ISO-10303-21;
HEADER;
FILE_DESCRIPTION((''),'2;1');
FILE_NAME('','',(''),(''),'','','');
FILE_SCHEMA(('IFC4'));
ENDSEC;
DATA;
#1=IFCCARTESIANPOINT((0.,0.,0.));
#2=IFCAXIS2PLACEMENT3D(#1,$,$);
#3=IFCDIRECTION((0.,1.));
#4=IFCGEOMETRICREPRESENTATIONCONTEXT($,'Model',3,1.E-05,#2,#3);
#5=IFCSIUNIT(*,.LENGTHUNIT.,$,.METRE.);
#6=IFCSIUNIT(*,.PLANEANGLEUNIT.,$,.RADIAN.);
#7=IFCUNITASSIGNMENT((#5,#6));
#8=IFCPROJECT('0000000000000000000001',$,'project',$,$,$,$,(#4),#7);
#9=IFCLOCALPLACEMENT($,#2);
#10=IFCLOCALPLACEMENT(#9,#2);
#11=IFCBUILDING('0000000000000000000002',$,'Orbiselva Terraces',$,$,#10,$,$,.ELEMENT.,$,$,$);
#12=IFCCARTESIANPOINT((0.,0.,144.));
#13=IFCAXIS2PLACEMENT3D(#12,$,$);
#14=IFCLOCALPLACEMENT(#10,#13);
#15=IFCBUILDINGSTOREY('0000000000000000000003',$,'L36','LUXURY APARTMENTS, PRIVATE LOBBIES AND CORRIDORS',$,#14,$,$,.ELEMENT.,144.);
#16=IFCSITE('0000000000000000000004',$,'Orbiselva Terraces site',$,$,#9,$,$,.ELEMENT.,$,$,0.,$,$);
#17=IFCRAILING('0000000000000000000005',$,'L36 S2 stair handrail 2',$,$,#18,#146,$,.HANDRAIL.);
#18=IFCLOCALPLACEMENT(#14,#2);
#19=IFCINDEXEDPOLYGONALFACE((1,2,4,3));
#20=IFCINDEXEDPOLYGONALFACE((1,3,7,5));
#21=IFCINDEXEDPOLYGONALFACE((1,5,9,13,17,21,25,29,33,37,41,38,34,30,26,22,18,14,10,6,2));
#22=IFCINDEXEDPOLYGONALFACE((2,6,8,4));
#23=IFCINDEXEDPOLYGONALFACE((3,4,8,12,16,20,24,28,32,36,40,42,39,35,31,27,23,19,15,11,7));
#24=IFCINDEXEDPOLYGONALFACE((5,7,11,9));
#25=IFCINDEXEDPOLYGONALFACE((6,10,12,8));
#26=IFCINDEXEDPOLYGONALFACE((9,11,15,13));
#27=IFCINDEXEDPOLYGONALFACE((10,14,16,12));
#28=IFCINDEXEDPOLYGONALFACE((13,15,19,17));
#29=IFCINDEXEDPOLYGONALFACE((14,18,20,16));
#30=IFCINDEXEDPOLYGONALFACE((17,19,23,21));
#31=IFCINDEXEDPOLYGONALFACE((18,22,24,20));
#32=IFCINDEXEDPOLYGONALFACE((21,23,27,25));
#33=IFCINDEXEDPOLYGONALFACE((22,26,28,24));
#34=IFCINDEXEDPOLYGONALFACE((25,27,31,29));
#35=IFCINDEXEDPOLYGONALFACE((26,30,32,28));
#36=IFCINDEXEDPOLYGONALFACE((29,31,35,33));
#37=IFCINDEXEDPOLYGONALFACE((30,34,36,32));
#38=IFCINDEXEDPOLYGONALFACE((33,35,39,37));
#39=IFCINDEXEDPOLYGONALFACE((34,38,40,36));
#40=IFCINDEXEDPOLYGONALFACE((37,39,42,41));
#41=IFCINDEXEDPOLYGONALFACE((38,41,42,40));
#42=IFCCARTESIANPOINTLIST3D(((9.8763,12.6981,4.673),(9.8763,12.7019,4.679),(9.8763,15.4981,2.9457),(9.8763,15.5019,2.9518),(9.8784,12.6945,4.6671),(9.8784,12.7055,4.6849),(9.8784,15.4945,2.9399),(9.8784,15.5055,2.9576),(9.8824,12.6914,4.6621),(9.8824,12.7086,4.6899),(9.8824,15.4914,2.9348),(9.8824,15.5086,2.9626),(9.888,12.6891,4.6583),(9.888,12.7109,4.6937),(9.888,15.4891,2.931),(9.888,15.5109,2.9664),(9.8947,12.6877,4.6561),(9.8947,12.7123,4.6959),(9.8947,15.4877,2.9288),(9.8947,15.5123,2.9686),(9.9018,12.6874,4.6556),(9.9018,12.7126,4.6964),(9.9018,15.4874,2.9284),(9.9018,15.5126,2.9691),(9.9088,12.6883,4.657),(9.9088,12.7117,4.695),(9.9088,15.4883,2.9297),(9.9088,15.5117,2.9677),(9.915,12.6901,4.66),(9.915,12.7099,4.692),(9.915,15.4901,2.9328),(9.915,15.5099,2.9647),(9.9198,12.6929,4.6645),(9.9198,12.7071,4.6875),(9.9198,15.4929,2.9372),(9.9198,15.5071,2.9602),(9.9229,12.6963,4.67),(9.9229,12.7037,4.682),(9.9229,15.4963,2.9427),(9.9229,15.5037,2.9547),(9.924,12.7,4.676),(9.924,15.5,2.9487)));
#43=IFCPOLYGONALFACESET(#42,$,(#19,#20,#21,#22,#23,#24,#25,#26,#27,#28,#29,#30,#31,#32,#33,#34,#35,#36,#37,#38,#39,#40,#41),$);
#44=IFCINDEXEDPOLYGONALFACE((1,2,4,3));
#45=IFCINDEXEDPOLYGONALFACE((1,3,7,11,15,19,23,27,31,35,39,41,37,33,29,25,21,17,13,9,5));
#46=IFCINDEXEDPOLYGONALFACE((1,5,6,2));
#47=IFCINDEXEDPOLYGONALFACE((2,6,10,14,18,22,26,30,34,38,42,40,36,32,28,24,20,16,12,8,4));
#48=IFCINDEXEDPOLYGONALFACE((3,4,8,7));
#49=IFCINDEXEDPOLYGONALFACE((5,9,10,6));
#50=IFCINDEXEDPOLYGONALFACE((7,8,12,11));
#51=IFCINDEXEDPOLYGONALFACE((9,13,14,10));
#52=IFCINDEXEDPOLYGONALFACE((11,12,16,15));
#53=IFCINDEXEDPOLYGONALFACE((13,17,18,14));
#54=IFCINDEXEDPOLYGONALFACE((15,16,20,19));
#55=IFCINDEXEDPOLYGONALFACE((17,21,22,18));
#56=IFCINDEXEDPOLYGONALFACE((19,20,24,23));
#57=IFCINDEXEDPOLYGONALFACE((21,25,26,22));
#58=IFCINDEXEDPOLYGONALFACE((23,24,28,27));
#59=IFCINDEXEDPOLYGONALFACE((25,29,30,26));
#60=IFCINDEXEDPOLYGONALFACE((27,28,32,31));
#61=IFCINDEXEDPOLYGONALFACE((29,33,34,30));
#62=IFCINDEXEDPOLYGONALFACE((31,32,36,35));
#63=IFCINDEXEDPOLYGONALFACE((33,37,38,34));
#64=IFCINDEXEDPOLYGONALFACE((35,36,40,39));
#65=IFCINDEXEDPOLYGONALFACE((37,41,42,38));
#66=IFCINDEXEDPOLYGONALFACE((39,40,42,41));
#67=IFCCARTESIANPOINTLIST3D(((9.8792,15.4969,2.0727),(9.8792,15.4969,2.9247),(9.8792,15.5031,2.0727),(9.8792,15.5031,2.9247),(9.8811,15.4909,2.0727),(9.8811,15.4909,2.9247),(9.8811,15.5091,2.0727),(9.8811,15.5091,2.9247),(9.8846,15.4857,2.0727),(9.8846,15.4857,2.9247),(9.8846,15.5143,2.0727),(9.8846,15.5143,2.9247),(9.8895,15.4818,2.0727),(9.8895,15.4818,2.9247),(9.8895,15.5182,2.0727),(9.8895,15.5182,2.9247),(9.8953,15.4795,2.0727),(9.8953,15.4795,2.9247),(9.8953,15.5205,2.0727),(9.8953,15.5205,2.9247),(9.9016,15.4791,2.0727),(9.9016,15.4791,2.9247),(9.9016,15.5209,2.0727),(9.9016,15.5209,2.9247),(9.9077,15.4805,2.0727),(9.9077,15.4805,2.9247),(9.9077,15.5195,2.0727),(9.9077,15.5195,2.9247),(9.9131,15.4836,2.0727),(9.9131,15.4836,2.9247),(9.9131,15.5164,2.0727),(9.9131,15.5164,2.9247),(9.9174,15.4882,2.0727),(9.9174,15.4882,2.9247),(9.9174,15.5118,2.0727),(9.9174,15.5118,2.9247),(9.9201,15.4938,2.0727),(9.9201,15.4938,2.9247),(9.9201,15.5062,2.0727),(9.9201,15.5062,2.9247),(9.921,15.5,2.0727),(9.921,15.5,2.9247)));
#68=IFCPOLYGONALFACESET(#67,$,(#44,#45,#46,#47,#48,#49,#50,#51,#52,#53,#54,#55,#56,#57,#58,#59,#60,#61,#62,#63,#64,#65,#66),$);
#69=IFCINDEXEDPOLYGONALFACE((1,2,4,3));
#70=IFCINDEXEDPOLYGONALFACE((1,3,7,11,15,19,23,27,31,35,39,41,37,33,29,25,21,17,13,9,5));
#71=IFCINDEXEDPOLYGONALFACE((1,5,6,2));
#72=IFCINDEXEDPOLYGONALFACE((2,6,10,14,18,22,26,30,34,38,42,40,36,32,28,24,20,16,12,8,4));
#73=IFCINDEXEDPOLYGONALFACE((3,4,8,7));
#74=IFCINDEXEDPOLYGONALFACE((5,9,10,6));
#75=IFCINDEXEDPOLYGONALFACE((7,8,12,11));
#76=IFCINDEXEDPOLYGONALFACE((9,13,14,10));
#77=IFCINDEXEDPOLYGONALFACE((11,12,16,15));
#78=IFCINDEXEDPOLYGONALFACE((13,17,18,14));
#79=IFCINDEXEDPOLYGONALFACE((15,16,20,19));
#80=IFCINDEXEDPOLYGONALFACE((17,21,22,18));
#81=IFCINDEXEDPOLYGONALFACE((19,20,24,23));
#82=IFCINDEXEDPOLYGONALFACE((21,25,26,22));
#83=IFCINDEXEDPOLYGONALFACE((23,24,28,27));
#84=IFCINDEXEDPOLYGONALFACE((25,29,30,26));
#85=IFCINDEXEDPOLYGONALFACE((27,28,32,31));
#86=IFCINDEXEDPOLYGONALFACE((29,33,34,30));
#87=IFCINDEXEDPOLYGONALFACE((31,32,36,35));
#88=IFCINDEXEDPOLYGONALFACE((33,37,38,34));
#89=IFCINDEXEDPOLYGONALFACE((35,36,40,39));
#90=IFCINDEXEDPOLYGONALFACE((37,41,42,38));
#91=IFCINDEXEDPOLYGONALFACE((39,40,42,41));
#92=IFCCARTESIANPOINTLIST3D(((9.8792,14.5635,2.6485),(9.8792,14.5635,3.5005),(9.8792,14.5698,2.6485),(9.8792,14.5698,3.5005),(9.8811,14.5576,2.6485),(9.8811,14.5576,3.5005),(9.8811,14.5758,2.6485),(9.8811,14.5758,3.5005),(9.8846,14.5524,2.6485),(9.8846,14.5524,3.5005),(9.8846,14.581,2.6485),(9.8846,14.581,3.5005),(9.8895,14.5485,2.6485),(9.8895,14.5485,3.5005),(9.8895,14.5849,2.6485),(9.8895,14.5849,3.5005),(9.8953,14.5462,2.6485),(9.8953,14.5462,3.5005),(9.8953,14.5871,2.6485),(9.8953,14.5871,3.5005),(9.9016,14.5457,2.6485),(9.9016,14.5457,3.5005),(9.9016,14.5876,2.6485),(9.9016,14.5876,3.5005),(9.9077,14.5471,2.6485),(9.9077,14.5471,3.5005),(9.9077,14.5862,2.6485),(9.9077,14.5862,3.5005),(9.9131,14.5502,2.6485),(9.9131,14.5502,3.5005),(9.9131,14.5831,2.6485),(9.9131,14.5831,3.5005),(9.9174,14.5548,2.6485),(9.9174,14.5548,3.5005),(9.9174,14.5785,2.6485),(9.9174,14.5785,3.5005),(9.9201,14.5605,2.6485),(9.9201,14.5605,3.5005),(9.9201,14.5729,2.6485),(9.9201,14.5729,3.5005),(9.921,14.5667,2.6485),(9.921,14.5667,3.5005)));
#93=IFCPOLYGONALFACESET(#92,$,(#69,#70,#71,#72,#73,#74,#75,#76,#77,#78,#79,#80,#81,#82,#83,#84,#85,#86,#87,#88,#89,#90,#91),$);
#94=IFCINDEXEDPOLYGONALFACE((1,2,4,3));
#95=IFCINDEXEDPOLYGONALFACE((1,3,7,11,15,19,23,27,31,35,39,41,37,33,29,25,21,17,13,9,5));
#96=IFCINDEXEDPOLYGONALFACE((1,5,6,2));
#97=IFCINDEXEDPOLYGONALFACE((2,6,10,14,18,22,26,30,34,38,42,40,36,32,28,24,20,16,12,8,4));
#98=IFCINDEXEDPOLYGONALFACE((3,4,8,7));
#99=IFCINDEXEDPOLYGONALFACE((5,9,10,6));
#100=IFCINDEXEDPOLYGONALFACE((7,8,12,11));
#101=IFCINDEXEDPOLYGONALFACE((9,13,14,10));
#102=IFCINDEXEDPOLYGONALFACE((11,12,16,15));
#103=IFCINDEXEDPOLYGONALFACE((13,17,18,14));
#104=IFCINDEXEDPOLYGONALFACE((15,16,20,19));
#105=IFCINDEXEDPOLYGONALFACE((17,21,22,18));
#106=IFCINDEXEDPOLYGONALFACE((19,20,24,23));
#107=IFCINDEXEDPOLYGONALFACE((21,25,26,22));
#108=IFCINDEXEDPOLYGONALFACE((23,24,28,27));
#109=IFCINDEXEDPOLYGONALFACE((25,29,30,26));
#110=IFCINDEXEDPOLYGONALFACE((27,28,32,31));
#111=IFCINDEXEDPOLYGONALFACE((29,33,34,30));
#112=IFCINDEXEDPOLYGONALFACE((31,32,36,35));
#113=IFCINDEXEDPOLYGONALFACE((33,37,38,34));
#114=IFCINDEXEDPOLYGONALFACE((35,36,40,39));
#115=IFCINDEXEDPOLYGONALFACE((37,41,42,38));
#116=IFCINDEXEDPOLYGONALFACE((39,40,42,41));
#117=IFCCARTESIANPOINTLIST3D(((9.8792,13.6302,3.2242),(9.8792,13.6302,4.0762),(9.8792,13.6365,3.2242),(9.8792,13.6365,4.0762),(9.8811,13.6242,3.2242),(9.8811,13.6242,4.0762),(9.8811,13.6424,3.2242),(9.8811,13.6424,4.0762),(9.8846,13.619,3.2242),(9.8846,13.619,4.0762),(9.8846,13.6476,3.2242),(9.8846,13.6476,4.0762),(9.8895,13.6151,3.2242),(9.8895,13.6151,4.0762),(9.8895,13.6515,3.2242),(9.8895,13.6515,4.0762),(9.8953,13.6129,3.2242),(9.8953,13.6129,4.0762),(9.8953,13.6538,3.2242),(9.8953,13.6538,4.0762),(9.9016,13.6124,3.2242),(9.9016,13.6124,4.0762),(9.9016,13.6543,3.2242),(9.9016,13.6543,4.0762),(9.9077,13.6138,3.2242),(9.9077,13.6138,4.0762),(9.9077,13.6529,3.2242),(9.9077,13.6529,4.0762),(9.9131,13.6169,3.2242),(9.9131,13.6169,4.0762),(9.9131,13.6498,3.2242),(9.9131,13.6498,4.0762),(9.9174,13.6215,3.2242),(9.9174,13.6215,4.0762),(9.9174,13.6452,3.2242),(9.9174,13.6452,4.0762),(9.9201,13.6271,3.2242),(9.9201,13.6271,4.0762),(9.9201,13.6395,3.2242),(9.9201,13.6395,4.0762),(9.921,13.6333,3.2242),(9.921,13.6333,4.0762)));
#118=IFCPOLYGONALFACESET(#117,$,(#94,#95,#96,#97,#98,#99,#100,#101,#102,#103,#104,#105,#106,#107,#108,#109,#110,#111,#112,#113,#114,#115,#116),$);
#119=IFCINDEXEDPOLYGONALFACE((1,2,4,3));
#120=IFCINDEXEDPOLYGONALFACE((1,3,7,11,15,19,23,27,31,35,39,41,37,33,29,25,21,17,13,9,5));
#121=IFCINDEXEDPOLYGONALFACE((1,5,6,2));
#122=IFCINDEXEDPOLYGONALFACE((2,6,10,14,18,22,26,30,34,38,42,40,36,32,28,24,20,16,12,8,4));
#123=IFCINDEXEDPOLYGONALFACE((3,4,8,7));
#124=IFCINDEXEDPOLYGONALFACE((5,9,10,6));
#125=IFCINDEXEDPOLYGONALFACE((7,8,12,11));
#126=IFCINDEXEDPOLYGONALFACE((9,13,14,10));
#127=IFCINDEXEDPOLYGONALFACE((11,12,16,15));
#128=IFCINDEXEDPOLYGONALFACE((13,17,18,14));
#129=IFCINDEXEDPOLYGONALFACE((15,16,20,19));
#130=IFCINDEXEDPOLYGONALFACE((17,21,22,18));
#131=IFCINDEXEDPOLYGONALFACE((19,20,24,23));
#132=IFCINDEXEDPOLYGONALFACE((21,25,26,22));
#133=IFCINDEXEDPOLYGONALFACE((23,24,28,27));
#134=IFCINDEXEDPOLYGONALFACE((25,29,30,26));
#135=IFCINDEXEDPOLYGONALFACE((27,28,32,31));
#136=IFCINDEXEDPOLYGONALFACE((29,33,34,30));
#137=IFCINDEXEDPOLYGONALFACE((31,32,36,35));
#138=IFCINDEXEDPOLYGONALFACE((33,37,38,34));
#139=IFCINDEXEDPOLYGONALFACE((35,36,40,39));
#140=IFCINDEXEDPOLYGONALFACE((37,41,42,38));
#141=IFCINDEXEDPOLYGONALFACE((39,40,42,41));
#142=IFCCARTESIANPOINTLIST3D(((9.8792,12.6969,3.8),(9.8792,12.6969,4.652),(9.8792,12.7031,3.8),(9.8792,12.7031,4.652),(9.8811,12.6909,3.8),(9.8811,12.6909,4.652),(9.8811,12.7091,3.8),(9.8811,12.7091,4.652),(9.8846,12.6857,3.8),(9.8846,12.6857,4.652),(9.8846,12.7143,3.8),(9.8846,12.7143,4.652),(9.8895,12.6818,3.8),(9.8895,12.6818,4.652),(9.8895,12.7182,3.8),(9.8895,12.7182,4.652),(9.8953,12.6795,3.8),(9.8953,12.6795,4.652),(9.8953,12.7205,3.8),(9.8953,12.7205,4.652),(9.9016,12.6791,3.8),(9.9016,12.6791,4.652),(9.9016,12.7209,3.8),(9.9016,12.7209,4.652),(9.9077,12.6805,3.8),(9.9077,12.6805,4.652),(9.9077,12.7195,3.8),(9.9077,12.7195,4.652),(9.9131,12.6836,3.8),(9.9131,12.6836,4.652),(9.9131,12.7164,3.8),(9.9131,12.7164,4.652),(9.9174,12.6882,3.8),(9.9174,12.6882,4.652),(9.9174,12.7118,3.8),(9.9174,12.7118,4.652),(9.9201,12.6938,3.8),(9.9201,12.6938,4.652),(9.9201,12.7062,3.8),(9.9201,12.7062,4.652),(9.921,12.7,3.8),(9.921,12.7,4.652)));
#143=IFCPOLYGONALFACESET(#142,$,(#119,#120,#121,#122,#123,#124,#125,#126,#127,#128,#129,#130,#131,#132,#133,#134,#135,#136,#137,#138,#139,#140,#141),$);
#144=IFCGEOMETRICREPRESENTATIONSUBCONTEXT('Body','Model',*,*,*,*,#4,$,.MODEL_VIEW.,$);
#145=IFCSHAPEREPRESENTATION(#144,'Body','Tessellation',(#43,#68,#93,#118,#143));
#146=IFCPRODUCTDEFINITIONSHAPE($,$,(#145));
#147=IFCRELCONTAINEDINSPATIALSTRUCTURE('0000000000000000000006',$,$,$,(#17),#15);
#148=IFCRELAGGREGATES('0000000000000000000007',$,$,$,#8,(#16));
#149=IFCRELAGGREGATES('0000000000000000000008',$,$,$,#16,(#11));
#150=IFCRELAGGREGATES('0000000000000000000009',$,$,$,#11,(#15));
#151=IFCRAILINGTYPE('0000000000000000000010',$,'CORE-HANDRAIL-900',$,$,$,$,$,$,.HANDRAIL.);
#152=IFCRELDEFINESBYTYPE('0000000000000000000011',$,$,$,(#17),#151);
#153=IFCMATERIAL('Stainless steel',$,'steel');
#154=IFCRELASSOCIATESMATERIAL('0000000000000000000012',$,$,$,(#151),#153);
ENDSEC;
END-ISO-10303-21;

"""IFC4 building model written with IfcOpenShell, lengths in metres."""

from ifc_helpers import new_model, si_unit, direction, frame, origin, origin_2d, place, context, subcontext, project, spatial, circle, extrude, material, type_object, element, save


model = new_model("IFC4")

# Units and contexts
model_context = context("Model", 3, precision=1e-05, world=origin(), true_north=direction((0.0, 1.0)))
body_context = subcontext(model_context, "Body", "Model", "MODEL_VIEW")
ifc_project = project(units=[si_unit("LENGTHUNIT", "METRE"), si_unit("PLANEANGLEUNIT", "RADIAN")], contexts=[model_context])

# Site, building, storey
site_placement = place(None, origin())
site = spatial("IfcSite", under=ifc_project, at=site_placement, Name="Orbiselva Terraces site", CompositionType="ELEMENT", RefElevation=0.0)
building_placement = place(site_placement, origin())
building = spatial("IfcBuilding", under=site, at=building_placement, Name="Orbiselva Terraces", CompositionType="ELEMENT")
storey_placement = place(building_placement, frame((0.0, 0.0, 144.0)))
storey = spatial("IfcBuildingStorey", under=building, at=storey_placement, Name="L36", Description="LUXURY APARTMENTS, PRIVATE LOBBIES AND CORRIDORS", CompositionType="ELEMENT", Elevation=144.0)

# Railing
ifc_material_1 = material(Name="Stainless steel", Category="steel")
railing_type = type_object("IfcRailingType", Name="CORE-HANDRAIL-900", PredefinedType="HANDRAIL", material=ifc_material_1)
railing_placement = place(storey_placement, frame((9.9, 15.5, 2.0727)))
element("IfcRailing", 1, at=railing_placement, inside=storey, type_object=railing_type, Name="L36 S2 stair handrail 2", PredefinedType="HANDRAIL", context=body_context, shape_type="SweptSolid", body=[
    extrude(circle(Radius=0.024, at=origin_2d()), frame((0.0, 0.0, 0.876), z_axis=(0.0, -0.851089, 0.525022), x_axis=(1.0, 0.0, 0.0)), (0.0, 0.0, 1.0), 3.2899),
    extrude(circle(Radius=0.021, at=origin_2d()), origin(), (0.0, 0.0, 1.0), 0.852),
    extrude(circle(Radius=0.021, at=origin_2d()), frame((0.0, -0.9333, 0.5758)), (0.0, 0.0, 1.0), 0.852),
    extrude(circle(Radius=0.021, at=origin_2d()), frame((0.0, -1.8667, 1.1515)), (0.0, 0.0, 1.0), 0.852),
    extrude(circle(Radius=0.021, at=origin_2d()), frame((0.0, -2.8, 1.7273)), (0.0, 0.0, 1.0), 0.852),
])

save(model, "model.ifc")
